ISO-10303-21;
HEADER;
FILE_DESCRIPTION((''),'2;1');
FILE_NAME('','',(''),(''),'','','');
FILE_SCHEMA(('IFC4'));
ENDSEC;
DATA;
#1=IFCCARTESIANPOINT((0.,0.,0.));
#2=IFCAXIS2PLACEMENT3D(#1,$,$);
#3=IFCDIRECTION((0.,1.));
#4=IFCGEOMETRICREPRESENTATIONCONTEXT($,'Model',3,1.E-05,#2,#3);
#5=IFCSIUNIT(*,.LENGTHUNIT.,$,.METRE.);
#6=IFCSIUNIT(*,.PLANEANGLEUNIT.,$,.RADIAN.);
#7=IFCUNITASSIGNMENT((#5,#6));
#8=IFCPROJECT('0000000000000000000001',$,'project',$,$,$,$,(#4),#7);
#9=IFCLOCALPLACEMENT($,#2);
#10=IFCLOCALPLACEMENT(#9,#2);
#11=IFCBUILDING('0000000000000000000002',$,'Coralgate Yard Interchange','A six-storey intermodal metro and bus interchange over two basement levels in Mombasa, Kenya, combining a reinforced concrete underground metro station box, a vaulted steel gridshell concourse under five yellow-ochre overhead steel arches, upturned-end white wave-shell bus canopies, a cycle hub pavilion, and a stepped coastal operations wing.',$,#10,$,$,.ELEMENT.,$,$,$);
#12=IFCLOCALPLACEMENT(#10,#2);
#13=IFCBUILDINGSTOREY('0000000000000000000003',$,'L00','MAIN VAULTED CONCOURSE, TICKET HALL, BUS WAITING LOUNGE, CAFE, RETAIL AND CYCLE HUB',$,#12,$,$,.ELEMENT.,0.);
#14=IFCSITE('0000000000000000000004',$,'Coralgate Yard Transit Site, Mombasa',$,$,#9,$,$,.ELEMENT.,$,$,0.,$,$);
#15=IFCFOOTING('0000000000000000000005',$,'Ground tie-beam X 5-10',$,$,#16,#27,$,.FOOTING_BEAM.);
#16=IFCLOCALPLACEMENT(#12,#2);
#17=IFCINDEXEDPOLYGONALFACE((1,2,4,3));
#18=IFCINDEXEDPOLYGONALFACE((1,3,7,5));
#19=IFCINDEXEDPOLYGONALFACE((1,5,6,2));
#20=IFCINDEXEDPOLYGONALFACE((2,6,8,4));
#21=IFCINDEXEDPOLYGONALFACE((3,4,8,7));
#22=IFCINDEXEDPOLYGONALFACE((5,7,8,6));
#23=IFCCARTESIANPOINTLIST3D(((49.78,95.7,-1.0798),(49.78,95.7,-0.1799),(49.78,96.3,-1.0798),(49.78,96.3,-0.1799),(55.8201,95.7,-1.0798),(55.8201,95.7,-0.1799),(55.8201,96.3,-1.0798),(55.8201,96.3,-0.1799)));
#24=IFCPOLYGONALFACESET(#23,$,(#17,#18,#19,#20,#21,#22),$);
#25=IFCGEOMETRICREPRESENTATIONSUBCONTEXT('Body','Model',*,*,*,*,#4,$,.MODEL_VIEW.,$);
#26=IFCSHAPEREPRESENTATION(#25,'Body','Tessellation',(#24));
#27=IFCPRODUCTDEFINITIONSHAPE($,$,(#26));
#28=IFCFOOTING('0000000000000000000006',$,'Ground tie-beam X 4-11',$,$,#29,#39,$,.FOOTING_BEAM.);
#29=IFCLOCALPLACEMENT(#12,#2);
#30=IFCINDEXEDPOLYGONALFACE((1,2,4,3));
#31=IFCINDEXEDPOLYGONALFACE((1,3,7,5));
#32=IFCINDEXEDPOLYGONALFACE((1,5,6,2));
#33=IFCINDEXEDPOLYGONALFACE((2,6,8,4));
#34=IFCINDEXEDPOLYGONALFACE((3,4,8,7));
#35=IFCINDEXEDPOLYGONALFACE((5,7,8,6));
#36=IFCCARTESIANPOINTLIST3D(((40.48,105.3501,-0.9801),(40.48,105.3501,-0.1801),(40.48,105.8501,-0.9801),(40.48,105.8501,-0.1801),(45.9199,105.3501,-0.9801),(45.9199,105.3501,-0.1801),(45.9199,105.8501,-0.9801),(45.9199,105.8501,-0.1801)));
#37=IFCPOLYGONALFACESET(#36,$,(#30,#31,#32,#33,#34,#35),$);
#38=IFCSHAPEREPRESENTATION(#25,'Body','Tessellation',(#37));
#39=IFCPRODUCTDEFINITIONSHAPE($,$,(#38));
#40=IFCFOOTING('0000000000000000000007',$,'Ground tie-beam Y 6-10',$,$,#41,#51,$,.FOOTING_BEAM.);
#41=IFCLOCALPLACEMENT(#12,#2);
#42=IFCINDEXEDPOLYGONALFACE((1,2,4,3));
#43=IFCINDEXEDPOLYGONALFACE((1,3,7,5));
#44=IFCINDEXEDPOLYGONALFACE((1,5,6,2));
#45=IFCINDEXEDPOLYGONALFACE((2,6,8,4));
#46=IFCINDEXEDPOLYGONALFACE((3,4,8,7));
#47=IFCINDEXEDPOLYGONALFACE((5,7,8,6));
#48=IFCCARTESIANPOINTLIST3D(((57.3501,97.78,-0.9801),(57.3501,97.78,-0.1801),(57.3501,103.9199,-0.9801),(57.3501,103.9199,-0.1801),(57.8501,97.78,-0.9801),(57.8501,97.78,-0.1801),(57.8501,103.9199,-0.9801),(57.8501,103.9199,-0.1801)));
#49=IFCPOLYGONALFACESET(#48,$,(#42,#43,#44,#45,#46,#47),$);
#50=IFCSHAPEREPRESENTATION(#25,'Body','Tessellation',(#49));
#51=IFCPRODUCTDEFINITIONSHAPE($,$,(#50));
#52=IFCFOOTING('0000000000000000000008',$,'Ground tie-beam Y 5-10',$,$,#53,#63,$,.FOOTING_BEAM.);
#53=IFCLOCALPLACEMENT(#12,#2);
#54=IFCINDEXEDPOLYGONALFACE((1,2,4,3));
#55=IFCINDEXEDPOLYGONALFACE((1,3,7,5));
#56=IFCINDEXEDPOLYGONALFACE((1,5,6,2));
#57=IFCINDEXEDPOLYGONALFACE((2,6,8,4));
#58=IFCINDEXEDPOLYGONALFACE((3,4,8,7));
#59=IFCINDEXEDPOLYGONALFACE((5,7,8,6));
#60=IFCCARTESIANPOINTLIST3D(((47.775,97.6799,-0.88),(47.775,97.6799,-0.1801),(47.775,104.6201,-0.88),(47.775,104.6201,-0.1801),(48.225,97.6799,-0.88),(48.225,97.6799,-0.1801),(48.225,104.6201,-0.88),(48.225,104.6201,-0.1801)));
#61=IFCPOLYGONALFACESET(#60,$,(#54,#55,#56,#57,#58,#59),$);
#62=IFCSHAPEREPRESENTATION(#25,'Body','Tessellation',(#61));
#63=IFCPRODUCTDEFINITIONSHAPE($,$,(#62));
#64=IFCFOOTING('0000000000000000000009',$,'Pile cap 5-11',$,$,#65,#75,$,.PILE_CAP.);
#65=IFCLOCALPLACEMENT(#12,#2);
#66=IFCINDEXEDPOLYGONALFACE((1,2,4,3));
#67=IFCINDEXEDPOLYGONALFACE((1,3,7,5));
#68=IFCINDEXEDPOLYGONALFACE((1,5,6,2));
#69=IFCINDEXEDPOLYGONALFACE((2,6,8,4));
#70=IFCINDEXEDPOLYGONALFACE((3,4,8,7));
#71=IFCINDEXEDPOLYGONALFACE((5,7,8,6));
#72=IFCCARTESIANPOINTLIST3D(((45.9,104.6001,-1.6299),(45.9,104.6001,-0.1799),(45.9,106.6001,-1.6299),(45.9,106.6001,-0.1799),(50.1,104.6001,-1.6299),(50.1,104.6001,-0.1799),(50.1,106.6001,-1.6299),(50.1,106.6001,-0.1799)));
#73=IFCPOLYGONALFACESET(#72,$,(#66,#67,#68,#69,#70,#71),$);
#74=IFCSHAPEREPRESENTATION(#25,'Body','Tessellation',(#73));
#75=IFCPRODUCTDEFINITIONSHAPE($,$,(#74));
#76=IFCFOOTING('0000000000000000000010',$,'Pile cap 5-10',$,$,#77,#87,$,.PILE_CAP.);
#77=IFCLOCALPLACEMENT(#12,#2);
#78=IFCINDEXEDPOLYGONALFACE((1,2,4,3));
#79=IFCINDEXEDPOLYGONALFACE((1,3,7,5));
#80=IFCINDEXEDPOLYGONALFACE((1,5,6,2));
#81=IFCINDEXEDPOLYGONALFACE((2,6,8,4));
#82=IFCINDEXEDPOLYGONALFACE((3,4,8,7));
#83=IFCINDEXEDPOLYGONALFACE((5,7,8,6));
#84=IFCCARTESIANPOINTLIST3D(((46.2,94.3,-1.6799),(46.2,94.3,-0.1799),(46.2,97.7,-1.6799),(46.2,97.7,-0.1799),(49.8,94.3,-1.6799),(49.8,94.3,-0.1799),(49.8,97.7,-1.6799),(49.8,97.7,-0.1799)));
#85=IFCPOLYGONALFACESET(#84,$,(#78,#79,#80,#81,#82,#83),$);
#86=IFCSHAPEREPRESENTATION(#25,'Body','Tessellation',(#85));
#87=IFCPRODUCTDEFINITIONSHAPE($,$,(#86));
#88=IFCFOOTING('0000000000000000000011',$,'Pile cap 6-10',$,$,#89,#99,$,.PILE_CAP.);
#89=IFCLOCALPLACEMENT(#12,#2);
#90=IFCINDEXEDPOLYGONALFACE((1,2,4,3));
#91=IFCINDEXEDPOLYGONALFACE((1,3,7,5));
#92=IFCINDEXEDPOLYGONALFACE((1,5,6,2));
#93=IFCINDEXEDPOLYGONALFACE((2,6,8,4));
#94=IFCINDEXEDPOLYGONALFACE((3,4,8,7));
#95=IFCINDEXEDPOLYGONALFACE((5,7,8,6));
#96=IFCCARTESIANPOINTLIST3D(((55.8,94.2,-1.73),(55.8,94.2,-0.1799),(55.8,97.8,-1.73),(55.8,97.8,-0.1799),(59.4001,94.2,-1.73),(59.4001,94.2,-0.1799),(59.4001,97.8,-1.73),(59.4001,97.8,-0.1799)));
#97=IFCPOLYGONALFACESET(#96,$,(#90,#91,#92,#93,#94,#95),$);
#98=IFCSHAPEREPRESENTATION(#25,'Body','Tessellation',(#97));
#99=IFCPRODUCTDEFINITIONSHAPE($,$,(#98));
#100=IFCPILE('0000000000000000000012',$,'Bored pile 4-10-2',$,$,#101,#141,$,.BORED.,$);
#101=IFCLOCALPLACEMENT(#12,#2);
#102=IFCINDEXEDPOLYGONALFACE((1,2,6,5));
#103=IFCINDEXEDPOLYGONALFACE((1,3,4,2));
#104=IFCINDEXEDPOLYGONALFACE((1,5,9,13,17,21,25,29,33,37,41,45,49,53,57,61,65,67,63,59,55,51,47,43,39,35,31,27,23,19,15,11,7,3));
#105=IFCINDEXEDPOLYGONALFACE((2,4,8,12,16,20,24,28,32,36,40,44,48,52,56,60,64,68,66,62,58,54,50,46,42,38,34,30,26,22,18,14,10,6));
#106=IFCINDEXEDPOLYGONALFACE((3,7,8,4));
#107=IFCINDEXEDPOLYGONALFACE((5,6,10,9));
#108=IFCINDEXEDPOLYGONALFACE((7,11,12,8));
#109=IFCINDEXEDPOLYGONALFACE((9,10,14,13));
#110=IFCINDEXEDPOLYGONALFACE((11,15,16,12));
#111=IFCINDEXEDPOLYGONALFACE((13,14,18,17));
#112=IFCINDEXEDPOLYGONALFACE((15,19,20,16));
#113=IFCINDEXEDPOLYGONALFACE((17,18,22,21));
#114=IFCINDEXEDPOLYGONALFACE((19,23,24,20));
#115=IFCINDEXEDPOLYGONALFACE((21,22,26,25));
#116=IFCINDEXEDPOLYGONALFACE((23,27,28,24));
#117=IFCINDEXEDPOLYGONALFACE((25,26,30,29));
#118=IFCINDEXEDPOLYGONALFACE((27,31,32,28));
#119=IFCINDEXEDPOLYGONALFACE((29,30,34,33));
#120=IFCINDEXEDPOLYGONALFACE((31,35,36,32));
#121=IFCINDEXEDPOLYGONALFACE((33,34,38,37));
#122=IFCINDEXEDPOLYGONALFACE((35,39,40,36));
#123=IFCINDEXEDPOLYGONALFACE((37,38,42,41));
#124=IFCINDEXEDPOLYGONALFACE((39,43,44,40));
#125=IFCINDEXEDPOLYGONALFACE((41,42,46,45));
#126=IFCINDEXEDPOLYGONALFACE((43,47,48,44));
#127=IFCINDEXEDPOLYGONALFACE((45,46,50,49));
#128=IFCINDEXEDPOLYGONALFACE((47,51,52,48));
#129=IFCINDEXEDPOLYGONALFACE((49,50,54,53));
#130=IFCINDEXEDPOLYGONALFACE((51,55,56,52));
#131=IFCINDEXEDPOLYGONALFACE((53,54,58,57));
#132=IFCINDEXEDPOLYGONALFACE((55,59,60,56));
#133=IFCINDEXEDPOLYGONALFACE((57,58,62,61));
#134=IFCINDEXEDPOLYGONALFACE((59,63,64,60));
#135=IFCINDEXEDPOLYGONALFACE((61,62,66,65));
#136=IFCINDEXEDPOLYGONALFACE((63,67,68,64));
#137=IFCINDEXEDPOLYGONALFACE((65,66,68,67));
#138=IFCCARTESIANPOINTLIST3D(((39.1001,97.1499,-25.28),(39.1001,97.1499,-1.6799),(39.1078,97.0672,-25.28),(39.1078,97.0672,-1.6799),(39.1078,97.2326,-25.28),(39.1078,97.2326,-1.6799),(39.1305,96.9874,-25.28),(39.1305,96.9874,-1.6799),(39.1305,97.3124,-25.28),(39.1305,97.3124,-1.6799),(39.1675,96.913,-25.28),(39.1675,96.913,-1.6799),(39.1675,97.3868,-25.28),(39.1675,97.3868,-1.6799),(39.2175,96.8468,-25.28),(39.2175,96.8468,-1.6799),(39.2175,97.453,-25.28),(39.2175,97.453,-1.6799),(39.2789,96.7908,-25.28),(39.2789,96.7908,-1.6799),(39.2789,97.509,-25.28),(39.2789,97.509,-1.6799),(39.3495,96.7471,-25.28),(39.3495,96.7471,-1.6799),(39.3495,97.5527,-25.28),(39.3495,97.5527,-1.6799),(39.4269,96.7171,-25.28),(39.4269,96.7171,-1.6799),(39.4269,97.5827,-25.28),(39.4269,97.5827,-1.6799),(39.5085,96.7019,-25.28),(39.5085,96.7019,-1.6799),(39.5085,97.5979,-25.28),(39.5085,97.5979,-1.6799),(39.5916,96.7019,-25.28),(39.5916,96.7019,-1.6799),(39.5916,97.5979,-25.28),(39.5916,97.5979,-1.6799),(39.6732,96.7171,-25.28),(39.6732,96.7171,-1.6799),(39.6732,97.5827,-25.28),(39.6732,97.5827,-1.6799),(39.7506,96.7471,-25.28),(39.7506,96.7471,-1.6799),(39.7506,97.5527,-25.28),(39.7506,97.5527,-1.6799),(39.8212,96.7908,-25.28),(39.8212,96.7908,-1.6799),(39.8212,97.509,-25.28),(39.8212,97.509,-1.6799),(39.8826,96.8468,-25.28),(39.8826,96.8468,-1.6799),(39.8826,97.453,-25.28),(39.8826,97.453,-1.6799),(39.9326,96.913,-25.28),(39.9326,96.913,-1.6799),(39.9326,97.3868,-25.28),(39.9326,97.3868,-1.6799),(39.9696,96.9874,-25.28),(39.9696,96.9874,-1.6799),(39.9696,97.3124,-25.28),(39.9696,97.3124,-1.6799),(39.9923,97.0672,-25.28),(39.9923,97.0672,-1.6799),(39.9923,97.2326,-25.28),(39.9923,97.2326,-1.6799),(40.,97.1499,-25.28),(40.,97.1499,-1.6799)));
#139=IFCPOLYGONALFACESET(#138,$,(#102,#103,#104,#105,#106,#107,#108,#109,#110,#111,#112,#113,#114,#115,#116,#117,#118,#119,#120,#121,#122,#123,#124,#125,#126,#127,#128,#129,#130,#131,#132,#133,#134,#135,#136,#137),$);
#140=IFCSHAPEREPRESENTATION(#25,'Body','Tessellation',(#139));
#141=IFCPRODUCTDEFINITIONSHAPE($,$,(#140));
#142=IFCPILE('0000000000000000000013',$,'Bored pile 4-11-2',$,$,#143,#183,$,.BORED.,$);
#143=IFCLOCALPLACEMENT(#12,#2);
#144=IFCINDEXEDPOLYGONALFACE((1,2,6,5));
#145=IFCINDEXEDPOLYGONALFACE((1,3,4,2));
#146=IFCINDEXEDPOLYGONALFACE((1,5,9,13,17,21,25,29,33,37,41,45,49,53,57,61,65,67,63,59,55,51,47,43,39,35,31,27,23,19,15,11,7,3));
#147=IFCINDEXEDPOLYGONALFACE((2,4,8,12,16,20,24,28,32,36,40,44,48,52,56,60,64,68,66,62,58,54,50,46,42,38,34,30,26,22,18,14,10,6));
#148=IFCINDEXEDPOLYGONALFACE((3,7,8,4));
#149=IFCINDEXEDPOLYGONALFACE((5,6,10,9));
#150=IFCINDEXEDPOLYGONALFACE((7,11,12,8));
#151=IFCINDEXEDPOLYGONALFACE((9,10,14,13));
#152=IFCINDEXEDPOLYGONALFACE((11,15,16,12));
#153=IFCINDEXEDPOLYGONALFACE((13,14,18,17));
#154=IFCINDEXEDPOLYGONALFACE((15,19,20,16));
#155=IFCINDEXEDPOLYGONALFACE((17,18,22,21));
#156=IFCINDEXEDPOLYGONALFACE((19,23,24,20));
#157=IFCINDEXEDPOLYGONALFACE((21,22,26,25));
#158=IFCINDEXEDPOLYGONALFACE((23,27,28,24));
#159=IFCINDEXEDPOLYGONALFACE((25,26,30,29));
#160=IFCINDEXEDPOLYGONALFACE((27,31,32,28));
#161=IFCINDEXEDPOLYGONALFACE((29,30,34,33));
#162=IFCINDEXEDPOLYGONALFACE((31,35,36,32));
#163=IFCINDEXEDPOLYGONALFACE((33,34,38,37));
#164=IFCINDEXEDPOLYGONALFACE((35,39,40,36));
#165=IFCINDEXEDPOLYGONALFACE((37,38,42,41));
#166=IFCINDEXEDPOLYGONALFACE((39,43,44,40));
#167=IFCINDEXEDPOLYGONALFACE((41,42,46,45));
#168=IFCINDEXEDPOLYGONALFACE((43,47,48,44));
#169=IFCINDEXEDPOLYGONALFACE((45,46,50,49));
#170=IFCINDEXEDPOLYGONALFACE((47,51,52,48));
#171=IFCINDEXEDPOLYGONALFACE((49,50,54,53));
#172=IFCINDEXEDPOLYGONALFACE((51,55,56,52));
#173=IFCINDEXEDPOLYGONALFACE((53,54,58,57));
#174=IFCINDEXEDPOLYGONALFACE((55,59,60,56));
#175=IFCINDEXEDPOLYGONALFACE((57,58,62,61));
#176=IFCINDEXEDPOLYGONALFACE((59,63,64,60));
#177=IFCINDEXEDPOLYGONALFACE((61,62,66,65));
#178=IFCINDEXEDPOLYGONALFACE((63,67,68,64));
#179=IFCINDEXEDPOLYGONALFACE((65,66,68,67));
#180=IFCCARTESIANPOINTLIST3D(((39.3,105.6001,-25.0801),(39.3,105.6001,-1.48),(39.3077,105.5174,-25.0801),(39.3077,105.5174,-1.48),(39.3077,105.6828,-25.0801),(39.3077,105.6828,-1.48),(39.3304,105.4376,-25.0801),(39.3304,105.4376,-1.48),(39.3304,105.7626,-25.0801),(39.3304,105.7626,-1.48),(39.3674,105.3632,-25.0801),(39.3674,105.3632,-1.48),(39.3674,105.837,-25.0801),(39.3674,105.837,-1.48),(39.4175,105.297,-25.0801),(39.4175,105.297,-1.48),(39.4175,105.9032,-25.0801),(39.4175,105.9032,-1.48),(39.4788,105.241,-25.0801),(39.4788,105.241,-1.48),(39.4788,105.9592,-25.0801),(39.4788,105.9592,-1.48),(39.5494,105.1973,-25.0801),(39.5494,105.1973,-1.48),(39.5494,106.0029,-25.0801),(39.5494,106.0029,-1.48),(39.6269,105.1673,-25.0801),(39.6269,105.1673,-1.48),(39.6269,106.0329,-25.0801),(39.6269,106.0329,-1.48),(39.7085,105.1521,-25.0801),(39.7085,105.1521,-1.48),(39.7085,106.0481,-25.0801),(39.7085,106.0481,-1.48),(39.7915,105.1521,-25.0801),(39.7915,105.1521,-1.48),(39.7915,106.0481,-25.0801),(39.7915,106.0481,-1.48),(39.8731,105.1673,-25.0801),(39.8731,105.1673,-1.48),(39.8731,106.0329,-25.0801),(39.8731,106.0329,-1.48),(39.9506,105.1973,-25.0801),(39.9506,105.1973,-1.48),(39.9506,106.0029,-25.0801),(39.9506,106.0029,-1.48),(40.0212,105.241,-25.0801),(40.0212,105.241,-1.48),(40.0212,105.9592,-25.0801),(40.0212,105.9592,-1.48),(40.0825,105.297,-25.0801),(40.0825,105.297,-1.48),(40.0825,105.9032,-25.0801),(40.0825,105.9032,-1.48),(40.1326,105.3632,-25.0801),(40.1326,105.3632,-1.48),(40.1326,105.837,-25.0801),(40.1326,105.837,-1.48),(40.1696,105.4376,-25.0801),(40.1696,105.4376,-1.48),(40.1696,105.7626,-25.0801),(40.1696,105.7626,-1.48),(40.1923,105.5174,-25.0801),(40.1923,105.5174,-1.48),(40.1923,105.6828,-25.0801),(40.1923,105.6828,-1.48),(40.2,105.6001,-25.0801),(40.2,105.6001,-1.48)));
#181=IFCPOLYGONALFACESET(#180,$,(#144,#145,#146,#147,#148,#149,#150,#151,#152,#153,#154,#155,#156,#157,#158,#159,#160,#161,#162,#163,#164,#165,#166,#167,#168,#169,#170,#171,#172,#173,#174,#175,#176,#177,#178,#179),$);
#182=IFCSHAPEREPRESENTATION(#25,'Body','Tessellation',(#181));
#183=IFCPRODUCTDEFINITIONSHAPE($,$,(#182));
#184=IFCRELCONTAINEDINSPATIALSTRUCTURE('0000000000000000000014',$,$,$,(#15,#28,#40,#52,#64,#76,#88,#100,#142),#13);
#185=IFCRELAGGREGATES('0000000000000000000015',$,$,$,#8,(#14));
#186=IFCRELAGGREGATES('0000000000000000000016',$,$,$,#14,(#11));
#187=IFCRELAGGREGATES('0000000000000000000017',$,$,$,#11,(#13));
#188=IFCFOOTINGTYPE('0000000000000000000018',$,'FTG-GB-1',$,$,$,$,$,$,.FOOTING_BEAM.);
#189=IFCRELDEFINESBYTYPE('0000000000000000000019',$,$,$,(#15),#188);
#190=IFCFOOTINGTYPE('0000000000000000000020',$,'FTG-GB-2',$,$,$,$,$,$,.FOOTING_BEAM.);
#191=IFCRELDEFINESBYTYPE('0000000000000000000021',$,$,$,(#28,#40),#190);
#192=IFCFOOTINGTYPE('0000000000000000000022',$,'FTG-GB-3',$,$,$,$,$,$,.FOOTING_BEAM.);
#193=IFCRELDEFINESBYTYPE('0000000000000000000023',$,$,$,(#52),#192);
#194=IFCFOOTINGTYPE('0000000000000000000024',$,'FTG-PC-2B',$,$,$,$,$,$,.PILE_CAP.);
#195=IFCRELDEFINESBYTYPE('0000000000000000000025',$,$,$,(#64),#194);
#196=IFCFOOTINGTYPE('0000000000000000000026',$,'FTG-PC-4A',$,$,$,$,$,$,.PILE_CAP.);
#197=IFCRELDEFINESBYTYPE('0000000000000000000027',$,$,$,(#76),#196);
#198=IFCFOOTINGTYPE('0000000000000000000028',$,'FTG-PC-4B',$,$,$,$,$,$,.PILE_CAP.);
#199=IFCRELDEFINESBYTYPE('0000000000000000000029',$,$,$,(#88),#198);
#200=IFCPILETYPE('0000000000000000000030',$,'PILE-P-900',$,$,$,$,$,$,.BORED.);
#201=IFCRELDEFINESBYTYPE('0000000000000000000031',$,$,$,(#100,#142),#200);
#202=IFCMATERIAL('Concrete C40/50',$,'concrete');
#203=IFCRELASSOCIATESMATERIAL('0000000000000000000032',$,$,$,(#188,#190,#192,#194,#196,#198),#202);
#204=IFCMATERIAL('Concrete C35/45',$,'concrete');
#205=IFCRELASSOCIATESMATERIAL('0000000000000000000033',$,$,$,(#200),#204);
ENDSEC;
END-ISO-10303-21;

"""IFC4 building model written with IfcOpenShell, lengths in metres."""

from ifc_helpers import new_model, si_unit, direction, frame, origin, origin_2d, place, context, subcontext, project, spatial, rectangle, circle, extrude, material, material_profile, profile_set, type_object, element, save


model = new_model("IFC4")

# Units and contexts
model_context = context("Model", 3, precision=1e-05, world=origin(), true_north=direction((0.0, 1.0)))
body_context = subcontext(model_context, "Body", "Model", "MODEL_VIEW")
ifc_project = project(units=[si_unit("LENGTHUNIT", "METRE"), si_unit("PLANEANGLEUNIT", "RADIAN")], contexts=[model_context])

# Site, building, storey
site_placement = place(None, origin())
site = spatial("IfcSite", under=ifc_project, at=site_placement, Name="Coralgate Yard Transit Site, Mombasa", CompositionType="ELEMENT", RefElevation=0.0)
building_placement = place(site_placement, origin())
building = spatial("IfcBuilding", under=site, at=building_placement, Name="Coralgate Yard Interchange", Description="A six-storey intermodal metro and bus interchange over two basement levels in Mombasa, Kenya, combining a reinforced concrete underground metro station box, a vaulted steel gridshell concourse under five yellow-ochre overhead steel arches, upturned-end white wave-shell bus canopies, a cycle hub pavilion, and a stepped coastal operations wing.", CompositionType="ELEMENT")
storey_placement = place(building_placement, origin())
storey = spatial("IfcBuildingStorey", under=building, at=storey_placement, Name="L00", Description="MAIN VAULTED CONCOURSE, TICKET HALL, BUS WAITING LOUNGE, CAFE, RETAIL AND CYCLE HUB", CompositionType="ELEMENT", Elevation=0.0)

# Footings
ifc_material_1 = material(Name="Concrete C40/50", Category="concrete")
ifc_material_profile_1 = material_profile(ifc_material_1, rectangle(XDim=0.6001, YDim=0.8999, at=origin_2d()), Name="RC 600x900")
ifc_profile_set_1 = profile_set([ifc_material_profile_1], Name="Concrete C40/50")
footing_type_1 = type_object("IfcFootingType", Name="FTG-GB-1", PredefinedType="FOOTING_BEAM", material=ifc_profile_set_1)
footing_1_placement = place(storey_placement, frame((49.78, 96.0, -0.6299), z_axis=(1.0, 0.0, 0.0), x_axis=(0.0, 1.0, 0.0)))
element("IfcFooting", 1, at=footing_1_placement, inside=storey, type_object=footing_type_1, Name="Ground tie-beam X 5-10", PredefinedType="FOOTING_BEAM", context=body_context, shape_type="SweptSolid", body=[
    extrude(rectangle(XDim=0.6001, YDim=0.8999, at=origin_2d()), origin(), (0.0, 0.0, 1.0), 6.04),
])
ifc_material_profile_2 = material_profile(ifc_material_1, rectangle(XDim=0.5, YDim=0.8, at=origin_2d()), Name="RC 500x800")
ifc_profile_set_2 = profile_set([ifc_material_profile_2], Name="Concrete C40/50")
footing_type_2 = type_object("IfcFootingType", Name="FTG-GB-2", PredefinedType="FOOTING_BEAM", material=ifc_profile_set_2)
footing_2_placement = place(storey_placement, frame((40.48, 105.6001, -0.5801), z_axis=(1.0, 0.0, 0.0), x_axis=(0.0, 1.0, 0.0)))
element("IfcFooting", 2, at=footing_2_placement, inside=storey, type_object=footing_type_2, Name="Ground tie-beam X 4-11", PredefinedType="FOOTING_BEAM", context=body_context, shape_type="SweptSolid", body=[
    extrude(rectangle(XDim=0.5, YDim=0.8, at=origin_2d()), origin(), (0.0, 0.0, 1.0), 5.4399),
])
footing_3_placement = place(storey_placement, frame((57.6001, 97.78, -0.5801), z_axis=(0.0, 1.0, 0.0), x_axis=(-1.0, 0.0, 0.0)))
element("IfcFooting", 3, at=footing_3_placement, inside=storey, type_object=footing_type_2, Name="Ground tie-beam Y 6-10", PredefinedType="FOOTING_BEAM", context=body_context, shape_type="SweptSolid", body=[
    extrude(rectangle(XDim=0.5, YDim=0.8, at=origin_2d()), origin(), (0.0, 0.0, 1.0), 6.1399),
])
ifc_material_profile_3 = material_profile(ifc_material_1, rectangle(XDim=0.45, YDim=0.7, at=origin_2d()), Name="RC 450x700")
ifc_profile_set_3 = profile_set([ifc_material_profile_3], Name="Concrete C40/50")
footing_type_3 = type_object("IfcFootingType", Name="FTG-GB-3", PredefinedType="FOOTING_BEAM", material=ifc_profile_set_3)
footing_4_placement = place(storey_placement, frame((48.0, 97.6799, -0.53), z_axis=(0.0, 1.0, 0.0), x_axis=(-1.0, 0.0, 0.0)))
element("IfcFooting", 4, at=footing_4_placement, inside=storey, type_object=footing_type_3, Name="Ground tie-beam Y 5-10", PredefinedType="FOOTING_BEAM", context=body_context, shape_type="SweptSolid", body=[
    extrude(rectangle(XDim=0.45, YDim=0.7, at=origin_2d()), origin(), (0.0, 0.0, 1.0), 6.9402),
])
footing_type_4 = type_object("IfcFootingType", Name="FTG-PC-2B", PredefinedType="PILE_CAP", material=ifc_material_1)
footing_5_placement = place(storey_placement, frame((48.0, 105.6001, -1.6299), z_axis=(0.0, 0.0, 1.0), x_axis=(1.0, 0.0, 0.0)))
element("IfcFooting", 5, at=footing_5_placement, inside=storey, type_object=footing_type_4, Name="Pile cap 5-11", PredefinedType="PILE_CAP", context=body_context, shape_type="SweptSolid", body=[
    extrude(rectangle(XDim=4.2, YDim=2.0, at=origin_2d()), origin(), (0.0, 0.0, 1.0), 1.45),
])
footing_type_5 = type_object("IfcFootingType", Name="FTG-PC-4A", PredefinedType="PILE_CAP", material=ifc_material_1)
footing_6_placement = place(storey_placement, frame((48.0, 96.0, -1.6799), z_axis=(0.0, 0.0, 1.0), x_axis=(1.0, 0.0, 0.0)))
element("IfcFooting", 6, at=footing_6_placement, inside=storey, type_object=footing_type_5, Name="Pile cap 5-10", PredefinedType="PILE_CAP", context=body_context, shape_type="SweptSolid", body=[
    extrude(rectangle(XDim=3.6001, YDim=3.3999, at=origin_2d()), origin(), (0.0, 0.0, 1.0), 1.5),
])
footing_type_6 = type_object("IfcFootingType", Name="FTG-PC-4B", PredefinedType="PILE_CAP", material=ifc_material_1)
footing_7_placement = place(storey_placement, frame((57.6001, 96.0, -1.73), z_axis=(0.0, 0.0, 1.0), x_axis=(1.0, 0.0, 0.0)))
element("IfcFooting", 7, at=footing_7_placement, inside=storey, type_object=footing_type_6, Name="Pile cap 6-10", PredefinedType="PILE_CAP", context=body_context, shape_type="SweptSolid", body=[
    extrude(rectangle(XDim=3.6001, YDim=3.6001, at=origin_2d()), origin(), (0.0, 0.0, 1.0), 1.55),
])

# Piles
ifc_material_2 = material(Name="Concrete C35/45", Category="concrete")
ifc_material_profile_4 = material_profile(ifc_material_2, circle(Radius=0.45, at=origin_2d()), Name="BORED PILE D900")
ifc_profile_set_4 = profile_set([ifc_material_profile_4], Name="Concrete C35/45")
pile_type = type_object("IfcPileType", Name="PILE-P-900", PredefinedType="BORED", material=ifc_profile_set_4)
for number, where, z_axis, x_axis, name in (
    (8, (39.55, 97.1499, -1.6799), (0.0, 0.0, -1.0), (1.0, 0.0, 0.0), "Bored pile 4-10-2"),
    (9, (39.75, 105.6001, -1.48), (0.0, 0.0, -1.0), (1.0, 0.0, 0.0), "Bored pile 4-11-2"),
):
    element("IfcPile", number, at=place(storey_placement, frame(where, z_axis=z_axis, x_axis=x_axis)), inside=storey, type_object=pile_type, Name=name, PredefinedType="BORED", context=body_context, shape_type="SweptSolid", body=[
        extrude(circle(Radius=0.45, at=origin_2d()), origin(), (0.0, 0.0, 1.0), 23.6001),
    ])

save(model, "model.ifc")
